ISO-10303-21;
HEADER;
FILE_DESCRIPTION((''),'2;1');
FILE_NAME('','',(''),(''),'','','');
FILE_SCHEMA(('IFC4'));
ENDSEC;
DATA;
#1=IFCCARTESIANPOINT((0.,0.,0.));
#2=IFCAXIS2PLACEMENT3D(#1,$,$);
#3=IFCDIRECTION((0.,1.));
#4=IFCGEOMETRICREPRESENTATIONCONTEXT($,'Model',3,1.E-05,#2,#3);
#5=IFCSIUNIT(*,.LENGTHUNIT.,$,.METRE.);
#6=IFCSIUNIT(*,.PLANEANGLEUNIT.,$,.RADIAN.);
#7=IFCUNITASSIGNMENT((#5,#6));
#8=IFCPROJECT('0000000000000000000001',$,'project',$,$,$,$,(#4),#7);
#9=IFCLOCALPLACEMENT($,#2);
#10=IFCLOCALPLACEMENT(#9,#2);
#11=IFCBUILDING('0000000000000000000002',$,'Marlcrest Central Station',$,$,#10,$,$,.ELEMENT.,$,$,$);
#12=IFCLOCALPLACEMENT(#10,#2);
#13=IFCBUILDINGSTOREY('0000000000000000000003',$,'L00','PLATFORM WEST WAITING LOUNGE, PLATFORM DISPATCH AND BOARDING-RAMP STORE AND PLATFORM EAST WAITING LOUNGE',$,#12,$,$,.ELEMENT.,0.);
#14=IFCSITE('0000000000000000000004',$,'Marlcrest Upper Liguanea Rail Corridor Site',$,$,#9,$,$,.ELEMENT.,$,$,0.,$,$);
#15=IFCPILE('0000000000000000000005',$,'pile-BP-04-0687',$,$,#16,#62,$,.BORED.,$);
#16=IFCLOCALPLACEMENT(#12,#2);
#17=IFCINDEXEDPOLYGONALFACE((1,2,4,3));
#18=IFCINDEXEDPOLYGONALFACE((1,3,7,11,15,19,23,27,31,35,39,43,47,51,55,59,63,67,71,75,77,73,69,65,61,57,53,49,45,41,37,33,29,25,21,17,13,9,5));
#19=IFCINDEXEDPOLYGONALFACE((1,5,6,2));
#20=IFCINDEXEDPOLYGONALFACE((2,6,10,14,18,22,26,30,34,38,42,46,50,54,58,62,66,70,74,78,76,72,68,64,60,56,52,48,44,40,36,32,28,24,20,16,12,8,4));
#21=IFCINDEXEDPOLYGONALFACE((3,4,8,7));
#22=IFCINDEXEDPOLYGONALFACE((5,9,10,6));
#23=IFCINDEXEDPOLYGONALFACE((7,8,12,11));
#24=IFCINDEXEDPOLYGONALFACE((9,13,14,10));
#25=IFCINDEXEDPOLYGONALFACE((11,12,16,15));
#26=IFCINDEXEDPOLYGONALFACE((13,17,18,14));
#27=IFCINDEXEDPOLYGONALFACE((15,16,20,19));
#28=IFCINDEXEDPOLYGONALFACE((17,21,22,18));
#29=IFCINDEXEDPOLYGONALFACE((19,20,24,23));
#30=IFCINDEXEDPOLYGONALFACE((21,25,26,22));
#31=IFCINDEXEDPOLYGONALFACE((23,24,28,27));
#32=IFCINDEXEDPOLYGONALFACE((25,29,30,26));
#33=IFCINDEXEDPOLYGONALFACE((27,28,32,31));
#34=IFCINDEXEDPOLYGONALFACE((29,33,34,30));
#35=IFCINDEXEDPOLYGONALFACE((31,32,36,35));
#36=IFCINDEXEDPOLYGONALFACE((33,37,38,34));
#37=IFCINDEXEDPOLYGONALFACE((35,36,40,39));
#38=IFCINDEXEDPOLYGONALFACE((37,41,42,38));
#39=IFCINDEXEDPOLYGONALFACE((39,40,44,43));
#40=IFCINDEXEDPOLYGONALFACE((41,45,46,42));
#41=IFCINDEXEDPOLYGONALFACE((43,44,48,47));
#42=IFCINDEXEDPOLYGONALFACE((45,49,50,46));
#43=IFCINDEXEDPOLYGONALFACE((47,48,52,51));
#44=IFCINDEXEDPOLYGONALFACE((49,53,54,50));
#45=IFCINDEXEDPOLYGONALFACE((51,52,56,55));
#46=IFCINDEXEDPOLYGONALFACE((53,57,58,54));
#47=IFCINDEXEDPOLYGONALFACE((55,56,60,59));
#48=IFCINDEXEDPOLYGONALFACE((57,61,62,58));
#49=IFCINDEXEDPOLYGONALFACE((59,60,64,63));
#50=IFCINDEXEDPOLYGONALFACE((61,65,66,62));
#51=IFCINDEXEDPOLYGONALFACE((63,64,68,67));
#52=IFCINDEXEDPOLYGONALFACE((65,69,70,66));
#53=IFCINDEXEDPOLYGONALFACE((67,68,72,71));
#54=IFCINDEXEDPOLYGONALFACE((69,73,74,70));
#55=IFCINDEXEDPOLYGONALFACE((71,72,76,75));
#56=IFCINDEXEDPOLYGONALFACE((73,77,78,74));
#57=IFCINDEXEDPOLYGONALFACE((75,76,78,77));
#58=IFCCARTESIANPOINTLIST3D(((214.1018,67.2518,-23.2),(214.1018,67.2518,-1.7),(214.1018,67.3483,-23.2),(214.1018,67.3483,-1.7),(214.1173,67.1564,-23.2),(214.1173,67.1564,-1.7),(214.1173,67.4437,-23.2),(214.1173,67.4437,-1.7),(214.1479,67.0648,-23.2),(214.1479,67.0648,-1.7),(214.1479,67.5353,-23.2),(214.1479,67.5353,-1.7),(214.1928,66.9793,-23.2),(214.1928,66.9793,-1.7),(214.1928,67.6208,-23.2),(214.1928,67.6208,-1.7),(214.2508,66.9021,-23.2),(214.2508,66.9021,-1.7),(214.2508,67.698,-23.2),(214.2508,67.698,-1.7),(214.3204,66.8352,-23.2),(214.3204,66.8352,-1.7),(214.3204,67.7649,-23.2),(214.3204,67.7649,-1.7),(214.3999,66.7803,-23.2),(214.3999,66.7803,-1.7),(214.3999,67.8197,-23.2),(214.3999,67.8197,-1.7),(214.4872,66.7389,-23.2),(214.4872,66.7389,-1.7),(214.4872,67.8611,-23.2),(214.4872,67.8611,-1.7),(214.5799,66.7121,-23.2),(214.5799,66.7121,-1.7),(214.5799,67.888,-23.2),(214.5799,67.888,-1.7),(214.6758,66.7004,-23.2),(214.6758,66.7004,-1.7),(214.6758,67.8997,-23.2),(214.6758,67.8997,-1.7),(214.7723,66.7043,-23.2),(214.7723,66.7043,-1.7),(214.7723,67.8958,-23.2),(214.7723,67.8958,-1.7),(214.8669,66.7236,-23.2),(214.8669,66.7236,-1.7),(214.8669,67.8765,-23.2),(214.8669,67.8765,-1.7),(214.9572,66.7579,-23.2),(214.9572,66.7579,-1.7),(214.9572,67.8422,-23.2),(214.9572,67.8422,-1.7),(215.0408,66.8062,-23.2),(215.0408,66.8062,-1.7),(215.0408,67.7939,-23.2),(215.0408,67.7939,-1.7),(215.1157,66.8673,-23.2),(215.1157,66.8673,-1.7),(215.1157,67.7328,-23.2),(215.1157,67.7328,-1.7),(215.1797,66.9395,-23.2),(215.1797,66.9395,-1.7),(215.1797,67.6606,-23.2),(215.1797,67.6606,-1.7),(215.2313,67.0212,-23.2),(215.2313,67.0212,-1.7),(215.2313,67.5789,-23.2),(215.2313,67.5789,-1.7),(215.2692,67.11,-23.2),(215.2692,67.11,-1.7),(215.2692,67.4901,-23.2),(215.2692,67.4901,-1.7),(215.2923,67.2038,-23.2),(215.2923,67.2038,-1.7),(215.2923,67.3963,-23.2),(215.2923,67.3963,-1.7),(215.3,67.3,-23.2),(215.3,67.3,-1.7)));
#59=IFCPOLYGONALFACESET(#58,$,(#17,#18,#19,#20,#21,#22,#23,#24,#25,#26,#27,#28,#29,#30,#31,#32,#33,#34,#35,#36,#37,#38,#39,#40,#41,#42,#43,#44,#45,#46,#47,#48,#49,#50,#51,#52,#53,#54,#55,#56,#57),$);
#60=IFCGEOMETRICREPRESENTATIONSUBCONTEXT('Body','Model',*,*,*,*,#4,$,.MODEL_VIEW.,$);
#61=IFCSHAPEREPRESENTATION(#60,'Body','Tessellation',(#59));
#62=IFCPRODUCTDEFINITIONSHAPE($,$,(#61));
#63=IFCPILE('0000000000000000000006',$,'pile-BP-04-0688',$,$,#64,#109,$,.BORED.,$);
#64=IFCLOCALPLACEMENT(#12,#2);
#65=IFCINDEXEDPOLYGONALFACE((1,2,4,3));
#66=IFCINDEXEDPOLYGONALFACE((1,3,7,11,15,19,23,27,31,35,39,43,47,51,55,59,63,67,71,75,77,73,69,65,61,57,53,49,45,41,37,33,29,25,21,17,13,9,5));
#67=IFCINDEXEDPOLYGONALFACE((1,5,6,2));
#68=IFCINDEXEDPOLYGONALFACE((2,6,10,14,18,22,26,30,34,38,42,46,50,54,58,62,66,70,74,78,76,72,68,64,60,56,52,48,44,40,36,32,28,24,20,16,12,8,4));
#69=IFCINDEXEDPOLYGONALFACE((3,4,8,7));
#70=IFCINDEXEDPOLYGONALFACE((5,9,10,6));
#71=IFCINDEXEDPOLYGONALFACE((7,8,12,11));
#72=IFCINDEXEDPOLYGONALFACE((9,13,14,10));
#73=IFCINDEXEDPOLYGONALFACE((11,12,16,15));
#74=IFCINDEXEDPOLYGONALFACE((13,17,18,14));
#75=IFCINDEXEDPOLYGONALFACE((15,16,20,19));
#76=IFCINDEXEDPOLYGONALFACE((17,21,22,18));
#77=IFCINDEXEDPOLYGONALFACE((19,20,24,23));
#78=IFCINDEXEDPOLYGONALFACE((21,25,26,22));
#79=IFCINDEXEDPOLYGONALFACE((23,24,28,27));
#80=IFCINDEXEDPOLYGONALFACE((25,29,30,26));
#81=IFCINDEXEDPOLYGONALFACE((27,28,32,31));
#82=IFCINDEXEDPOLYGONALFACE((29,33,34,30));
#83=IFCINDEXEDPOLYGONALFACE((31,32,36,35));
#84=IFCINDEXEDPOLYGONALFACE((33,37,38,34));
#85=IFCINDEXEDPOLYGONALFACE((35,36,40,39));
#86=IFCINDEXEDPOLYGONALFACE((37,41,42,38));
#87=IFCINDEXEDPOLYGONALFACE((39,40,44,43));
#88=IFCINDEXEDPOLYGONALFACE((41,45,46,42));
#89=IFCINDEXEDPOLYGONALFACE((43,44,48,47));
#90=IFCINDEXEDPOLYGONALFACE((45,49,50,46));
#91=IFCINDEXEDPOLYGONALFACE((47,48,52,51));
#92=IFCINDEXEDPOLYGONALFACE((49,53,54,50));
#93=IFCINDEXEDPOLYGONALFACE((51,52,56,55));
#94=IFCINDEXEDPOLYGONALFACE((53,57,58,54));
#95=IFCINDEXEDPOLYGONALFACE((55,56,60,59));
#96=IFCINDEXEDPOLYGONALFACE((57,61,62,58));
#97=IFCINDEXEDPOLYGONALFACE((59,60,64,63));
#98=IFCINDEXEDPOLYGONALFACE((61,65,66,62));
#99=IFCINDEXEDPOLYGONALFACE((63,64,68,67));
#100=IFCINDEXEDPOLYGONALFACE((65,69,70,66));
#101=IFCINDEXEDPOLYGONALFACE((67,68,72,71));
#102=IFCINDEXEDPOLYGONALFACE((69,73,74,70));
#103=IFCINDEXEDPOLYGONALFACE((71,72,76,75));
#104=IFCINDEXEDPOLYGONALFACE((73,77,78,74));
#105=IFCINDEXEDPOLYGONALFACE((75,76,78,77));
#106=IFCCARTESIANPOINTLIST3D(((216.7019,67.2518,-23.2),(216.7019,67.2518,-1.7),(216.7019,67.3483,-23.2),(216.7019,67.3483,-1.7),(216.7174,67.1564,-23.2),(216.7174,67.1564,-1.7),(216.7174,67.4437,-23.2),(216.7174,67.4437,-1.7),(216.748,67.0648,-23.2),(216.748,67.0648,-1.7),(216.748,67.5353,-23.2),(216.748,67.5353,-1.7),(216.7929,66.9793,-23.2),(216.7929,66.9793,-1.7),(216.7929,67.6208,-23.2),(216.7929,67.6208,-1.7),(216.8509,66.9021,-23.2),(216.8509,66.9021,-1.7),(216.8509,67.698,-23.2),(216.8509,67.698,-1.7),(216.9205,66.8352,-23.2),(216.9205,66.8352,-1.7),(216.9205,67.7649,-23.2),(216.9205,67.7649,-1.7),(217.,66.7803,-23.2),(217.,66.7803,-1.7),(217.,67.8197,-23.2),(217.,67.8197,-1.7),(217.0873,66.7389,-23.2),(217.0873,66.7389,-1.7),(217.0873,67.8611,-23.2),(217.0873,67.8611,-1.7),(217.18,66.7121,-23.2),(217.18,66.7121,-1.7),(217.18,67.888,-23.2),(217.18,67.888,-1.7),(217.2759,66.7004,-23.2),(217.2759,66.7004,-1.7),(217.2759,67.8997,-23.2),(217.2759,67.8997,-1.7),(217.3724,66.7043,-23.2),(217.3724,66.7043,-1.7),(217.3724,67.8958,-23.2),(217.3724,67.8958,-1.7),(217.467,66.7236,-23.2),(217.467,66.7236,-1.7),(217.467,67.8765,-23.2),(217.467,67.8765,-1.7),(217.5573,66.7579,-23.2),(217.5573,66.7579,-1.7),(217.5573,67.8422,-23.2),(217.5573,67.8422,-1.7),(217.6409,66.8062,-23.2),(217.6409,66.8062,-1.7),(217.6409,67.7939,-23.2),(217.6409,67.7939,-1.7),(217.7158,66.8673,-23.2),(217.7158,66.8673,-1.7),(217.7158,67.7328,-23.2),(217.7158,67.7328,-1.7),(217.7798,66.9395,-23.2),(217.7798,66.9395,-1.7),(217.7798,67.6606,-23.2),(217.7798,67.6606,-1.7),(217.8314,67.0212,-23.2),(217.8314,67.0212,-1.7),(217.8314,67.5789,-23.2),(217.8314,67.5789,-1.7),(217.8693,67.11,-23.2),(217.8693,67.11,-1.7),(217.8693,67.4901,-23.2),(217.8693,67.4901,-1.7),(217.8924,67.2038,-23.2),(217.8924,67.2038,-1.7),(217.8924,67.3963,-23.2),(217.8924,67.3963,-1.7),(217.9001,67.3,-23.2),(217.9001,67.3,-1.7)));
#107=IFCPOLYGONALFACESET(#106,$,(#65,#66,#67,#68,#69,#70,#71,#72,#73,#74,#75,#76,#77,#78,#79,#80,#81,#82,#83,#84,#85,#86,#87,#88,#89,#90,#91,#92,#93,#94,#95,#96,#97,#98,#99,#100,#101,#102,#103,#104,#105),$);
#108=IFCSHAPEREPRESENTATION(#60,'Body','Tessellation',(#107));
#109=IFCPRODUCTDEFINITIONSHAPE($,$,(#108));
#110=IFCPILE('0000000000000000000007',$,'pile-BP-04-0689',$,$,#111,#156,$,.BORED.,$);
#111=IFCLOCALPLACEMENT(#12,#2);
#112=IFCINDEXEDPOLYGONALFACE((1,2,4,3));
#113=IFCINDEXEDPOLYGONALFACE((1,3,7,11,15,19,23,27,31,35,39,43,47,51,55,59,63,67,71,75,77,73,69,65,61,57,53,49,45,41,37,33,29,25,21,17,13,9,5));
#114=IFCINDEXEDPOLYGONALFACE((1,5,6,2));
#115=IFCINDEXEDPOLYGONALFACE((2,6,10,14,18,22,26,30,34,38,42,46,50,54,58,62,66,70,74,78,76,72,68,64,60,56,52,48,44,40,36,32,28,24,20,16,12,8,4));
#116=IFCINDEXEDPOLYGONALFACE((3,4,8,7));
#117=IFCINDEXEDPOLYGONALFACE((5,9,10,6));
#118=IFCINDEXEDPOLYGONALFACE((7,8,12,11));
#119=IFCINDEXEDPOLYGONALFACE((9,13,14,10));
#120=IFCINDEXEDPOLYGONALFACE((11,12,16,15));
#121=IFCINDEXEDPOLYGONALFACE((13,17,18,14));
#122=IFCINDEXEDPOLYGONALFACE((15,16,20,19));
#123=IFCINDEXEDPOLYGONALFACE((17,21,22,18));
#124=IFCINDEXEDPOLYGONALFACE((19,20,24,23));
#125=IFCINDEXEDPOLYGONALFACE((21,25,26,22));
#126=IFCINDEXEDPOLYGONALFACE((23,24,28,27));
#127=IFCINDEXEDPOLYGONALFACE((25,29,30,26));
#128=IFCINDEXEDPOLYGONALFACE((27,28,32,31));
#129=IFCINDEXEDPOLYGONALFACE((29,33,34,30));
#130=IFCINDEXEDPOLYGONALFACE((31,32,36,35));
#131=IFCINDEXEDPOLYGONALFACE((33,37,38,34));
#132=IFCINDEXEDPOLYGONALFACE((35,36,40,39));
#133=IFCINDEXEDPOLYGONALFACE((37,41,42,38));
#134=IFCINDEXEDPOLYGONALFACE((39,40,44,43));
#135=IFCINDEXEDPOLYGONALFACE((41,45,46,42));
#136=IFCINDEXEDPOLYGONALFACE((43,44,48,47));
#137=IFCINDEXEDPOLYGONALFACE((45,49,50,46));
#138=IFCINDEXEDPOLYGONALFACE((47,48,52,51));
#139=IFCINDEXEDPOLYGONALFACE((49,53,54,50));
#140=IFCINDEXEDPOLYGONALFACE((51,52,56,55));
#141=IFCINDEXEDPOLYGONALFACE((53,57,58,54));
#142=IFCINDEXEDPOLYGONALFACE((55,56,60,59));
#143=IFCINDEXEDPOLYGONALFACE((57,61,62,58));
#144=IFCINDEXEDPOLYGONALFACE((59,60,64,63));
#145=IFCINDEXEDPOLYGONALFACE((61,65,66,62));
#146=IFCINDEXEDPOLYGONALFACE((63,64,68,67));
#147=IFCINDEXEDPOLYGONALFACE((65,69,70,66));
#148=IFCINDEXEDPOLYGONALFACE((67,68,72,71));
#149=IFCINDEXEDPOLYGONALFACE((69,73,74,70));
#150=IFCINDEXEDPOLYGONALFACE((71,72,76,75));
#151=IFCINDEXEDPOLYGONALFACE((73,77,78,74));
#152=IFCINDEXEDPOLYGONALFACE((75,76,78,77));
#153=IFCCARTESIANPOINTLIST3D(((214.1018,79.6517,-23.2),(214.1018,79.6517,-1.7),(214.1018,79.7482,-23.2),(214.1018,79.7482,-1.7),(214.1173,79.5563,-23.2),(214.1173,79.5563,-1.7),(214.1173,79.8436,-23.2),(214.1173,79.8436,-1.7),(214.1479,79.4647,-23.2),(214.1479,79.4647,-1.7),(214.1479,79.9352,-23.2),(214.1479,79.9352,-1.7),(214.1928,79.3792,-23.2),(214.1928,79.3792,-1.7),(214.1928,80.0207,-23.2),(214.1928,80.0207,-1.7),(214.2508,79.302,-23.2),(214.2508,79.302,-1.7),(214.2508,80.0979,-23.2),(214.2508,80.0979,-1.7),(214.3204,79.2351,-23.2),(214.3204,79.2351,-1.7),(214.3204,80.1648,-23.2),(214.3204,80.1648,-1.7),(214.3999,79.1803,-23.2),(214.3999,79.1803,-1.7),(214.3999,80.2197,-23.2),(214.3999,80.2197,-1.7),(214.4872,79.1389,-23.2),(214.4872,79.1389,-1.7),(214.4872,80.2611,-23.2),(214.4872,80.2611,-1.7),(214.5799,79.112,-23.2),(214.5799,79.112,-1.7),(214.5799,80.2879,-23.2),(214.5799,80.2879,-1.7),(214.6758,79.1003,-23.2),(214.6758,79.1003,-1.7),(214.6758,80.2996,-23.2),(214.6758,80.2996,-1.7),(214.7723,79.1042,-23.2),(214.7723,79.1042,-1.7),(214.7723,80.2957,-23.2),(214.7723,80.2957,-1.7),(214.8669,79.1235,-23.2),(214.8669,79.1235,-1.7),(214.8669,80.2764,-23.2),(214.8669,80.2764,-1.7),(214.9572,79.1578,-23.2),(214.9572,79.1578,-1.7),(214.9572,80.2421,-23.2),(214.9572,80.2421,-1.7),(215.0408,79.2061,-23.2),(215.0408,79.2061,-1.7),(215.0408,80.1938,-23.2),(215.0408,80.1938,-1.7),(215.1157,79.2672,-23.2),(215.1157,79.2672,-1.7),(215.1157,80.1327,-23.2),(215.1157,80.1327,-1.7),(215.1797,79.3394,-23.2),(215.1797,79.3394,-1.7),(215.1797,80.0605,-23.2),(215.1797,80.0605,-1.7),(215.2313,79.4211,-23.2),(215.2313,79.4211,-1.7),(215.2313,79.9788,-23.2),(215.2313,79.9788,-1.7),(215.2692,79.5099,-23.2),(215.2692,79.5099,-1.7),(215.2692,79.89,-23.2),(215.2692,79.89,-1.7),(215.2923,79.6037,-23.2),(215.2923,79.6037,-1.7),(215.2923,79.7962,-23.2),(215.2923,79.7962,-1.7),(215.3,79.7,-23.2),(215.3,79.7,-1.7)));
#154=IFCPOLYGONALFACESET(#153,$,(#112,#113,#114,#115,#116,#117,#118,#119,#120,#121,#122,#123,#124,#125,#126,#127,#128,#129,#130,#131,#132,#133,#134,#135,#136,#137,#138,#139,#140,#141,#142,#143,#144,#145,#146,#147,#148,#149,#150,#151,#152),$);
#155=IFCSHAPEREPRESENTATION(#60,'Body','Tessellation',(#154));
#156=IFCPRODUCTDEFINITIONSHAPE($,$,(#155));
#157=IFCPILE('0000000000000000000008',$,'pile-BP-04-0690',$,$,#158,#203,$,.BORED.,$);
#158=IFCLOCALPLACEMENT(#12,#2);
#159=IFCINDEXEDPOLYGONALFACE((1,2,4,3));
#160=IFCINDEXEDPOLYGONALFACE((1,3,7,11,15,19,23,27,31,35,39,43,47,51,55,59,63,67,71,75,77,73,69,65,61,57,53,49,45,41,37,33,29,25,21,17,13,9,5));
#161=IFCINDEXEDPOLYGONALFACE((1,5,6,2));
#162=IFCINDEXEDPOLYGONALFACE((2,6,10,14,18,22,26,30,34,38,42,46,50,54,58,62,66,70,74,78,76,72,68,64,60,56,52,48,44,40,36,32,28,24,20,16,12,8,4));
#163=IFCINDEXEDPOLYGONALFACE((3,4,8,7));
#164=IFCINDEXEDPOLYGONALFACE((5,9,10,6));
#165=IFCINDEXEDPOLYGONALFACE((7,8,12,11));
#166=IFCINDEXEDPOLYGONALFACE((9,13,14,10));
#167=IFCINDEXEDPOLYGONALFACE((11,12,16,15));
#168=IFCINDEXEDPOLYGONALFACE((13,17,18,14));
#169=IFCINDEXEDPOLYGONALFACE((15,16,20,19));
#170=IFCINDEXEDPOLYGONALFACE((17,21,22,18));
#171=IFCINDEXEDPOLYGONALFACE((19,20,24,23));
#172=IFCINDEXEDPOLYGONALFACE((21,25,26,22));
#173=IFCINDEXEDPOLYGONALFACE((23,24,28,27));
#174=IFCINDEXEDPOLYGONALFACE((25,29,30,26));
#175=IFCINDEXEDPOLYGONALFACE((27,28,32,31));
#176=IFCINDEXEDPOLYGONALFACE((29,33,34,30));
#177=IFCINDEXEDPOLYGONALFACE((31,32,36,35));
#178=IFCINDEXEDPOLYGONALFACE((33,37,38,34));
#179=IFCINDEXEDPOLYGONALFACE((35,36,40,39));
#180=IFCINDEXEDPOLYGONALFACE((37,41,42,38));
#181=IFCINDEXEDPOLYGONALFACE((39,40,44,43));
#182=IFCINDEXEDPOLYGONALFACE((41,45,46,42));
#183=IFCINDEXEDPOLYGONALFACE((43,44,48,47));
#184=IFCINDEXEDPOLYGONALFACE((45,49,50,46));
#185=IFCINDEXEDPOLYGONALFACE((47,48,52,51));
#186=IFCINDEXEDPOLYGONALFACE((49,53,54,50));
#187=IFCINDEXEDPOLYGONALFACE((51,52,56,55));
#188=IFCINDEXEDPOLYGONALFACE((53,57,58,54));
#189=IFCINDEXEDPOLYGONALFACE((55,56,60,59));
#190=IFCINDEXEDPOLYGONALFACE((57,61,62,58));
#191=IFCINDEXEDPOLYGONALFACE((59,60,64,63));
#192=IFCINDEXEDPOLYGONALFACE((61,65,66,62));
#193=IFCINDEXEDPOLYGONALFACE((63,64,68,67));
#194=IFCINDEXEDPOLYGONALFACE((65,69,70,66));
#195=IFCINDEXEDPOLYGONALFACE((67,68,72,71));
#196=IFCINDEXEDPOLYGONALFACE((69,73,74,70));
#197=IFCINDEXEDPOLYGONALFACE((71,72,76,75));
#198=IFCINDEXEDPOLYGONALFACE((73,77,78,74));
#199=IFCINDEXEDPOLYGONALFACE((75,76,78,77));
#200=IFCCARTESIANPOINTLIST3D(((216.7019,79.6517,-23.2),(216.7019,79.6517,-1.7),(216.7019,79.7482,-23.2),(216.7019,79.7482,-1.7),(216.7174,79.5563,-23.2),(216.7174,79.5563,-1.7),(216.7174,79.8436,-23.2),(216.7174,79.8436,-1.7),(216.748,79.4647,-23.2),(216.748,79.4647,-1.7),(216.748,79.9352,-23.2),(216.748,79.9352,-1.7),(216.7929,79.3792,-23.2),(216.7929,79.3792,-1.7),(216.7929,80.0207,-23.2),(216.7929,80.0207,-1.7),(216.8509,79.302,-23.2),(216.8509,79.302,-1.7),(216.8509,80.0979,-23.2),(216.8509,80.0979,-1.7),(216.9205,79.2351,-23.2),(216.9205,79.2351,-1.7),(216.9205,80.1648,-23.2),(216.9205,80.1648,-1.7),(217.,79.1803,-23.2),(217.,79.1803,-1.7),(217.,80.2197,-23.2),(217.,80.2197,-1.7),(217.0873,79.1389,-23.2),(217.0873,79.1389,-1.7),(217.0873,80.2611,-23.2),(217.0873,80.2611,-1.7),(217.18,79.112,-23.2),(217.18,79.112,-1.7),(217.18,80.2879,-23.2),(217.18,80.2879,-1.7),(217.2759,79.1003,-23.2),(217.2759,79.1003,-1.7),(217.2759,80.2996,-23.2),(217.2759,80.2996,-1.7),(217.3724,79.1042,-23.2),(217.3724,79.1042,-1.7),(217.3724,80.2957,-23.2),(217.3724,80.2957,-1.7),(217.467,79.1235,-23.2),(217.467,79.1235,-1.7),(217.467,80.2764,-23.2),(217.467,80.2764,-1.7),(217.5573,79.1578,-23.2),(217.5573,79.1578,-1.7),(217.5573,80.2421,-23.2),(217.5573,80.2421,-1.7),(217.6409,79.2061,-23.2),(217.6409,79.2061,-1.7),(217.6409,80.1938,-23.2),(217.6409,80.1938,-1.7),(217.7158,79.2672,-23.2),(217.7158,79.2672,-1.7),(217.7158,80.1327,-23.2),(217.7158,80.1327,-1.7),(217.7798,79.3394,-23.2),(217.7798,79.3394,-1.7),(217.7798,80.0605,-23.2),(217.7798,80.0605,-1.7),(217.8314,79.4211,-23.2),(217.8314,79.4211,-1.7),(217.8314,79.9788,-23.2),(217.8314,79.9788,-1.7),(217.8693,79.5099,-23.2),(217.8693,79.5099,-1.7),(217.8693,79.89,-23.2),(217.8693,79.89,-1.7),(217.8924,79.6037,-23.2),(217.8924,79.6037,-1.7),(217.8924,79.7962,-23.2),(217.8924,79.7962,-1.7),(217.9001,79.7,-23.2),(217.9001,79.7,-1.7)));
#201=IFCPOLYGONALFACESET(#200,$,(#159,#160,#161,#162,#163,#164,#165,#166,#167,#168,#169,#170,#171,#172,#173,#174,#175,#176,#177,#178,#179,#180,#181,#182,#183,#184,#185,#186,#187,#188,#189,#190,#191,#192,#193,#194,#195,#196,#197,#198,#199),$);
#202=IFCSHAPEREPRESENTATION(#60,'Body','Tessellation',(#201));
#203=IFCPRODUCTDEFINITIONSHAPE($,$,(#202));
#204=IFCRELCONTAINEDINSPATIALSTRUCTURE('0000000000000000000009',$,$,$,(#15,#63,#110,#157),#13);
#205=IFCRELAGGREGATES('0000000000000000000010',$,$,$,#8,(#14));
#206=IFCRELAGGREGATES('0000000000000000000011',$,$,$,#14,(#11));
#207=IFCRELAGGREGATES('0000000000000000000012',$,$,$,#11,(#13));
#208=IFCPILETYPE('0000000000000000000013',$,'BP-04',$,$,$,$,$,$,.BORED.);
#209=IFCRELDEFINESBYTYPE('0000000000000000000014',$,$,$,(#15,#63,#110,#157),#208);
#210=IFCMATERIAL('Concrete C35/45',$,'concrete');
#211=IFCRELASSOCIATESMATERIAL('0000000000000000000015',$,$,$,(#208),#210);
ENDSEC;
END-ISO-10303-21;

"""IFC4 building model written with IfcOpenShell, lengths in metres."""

from ifc_helpers import new_model, si_unit, direction, frame, origin, origin_2d, place, context, subcontext, project, spatial, circle, extrude, material, material_profile, profile_set, type_object, element, save


model = new_model("IFC4")

# Units and contexts
model_context = context("Model", 3, precision=1e-05, world=origin(), true_north=direction((0.0, 1.0)))
body_context = subcontext(model_context, "Body", "Model", "MODEL_VIEW")
ifc_project = project(units=[si_unit("LENGTHUNIT", "METRE"), si_unit("PLANEANGLEUNIT", "RADIAN")], contexts=[model_context])

# Site, building, storey
site_placement = place(None, origin())
site = spatial("IfcSite", under=ifc_project, at=site_placement, Name="Marlcrest Upper Liguanea Rail Corridor Site", CompositionType="ELEMENT", RefElevation=0.0)
building_placement = place(site_placement, origin())
building = spatial("IfcBuilding", under=site, at=building_placement, Name="Marlcrest Central Station", CompositionType="ELEMENT")
storey_placement = place(building_placement, origin())
storey = spatial("IfcBuildingStorey", under=building, at=storey_placement, Name="L00", Description="PLATFORM WEST WAITING LOUNGE, PLATFORM DISPATCH AND BOARDING-RAMP STORE AND PLATFORM EAST WAITING LOUNGE", CompositionType="ELEMENT", Elevation=0.0)

# Piles
ifc_material_1 = material(Name="Concrete C35/45", Category="concrete")
ifc_material_profile_1 = material_profile(ifc_material_1, circle(Radius=0.6001, at=origin_2d()), Name="PILE D1200")
ifc_profile_set_1 = profile_set([ifc_material_profile_1], Name="Concrete C35/45")
pile_type = type_object("IfcPileType", Name="BP-04", PredefinedType="BORED", material=ifc_profile_set_1)
for number, where, z_axis, x_axis, name in (
    (1, (214.7, 67.3, -1.7), (0.0, 0.0, -1.0), (1.0, 0.0, 0.0), "pile-BP-04-0687"),
    (2, (217.3, 67.3, -1.7), (0.0, 0.0, -1.0), (1.0, 0.0, 0.0), "pile-BP-04-0688"),
    (3, (214.7, 79.7, -1.7), (0.0, 0.0, -1.0), (1.0, 0.0, 0.0), "pile-BP-04-0689"),
    (4, (217.3, 79.7, -1.7), (0.0, 0.0, -1.0), (1.0, 0.0, 0.0), "pile-BP-04-0690"),
):
    element("IfcPile", number, at=place(storey_placement, frame(where, z_axis=z_axis, x_axis=x_axis)), inside=storey, type_object=pile_type, Name=name, PredefinedType="BORED", context=body_context, shape_type="SweptSolid", body=[
        extrude(circle(Radius=0.6001, at=origin_2d()), origin(), (0.0, 0.0, 1.0), 21.5),
    ])

save(model, "model.ifc")
